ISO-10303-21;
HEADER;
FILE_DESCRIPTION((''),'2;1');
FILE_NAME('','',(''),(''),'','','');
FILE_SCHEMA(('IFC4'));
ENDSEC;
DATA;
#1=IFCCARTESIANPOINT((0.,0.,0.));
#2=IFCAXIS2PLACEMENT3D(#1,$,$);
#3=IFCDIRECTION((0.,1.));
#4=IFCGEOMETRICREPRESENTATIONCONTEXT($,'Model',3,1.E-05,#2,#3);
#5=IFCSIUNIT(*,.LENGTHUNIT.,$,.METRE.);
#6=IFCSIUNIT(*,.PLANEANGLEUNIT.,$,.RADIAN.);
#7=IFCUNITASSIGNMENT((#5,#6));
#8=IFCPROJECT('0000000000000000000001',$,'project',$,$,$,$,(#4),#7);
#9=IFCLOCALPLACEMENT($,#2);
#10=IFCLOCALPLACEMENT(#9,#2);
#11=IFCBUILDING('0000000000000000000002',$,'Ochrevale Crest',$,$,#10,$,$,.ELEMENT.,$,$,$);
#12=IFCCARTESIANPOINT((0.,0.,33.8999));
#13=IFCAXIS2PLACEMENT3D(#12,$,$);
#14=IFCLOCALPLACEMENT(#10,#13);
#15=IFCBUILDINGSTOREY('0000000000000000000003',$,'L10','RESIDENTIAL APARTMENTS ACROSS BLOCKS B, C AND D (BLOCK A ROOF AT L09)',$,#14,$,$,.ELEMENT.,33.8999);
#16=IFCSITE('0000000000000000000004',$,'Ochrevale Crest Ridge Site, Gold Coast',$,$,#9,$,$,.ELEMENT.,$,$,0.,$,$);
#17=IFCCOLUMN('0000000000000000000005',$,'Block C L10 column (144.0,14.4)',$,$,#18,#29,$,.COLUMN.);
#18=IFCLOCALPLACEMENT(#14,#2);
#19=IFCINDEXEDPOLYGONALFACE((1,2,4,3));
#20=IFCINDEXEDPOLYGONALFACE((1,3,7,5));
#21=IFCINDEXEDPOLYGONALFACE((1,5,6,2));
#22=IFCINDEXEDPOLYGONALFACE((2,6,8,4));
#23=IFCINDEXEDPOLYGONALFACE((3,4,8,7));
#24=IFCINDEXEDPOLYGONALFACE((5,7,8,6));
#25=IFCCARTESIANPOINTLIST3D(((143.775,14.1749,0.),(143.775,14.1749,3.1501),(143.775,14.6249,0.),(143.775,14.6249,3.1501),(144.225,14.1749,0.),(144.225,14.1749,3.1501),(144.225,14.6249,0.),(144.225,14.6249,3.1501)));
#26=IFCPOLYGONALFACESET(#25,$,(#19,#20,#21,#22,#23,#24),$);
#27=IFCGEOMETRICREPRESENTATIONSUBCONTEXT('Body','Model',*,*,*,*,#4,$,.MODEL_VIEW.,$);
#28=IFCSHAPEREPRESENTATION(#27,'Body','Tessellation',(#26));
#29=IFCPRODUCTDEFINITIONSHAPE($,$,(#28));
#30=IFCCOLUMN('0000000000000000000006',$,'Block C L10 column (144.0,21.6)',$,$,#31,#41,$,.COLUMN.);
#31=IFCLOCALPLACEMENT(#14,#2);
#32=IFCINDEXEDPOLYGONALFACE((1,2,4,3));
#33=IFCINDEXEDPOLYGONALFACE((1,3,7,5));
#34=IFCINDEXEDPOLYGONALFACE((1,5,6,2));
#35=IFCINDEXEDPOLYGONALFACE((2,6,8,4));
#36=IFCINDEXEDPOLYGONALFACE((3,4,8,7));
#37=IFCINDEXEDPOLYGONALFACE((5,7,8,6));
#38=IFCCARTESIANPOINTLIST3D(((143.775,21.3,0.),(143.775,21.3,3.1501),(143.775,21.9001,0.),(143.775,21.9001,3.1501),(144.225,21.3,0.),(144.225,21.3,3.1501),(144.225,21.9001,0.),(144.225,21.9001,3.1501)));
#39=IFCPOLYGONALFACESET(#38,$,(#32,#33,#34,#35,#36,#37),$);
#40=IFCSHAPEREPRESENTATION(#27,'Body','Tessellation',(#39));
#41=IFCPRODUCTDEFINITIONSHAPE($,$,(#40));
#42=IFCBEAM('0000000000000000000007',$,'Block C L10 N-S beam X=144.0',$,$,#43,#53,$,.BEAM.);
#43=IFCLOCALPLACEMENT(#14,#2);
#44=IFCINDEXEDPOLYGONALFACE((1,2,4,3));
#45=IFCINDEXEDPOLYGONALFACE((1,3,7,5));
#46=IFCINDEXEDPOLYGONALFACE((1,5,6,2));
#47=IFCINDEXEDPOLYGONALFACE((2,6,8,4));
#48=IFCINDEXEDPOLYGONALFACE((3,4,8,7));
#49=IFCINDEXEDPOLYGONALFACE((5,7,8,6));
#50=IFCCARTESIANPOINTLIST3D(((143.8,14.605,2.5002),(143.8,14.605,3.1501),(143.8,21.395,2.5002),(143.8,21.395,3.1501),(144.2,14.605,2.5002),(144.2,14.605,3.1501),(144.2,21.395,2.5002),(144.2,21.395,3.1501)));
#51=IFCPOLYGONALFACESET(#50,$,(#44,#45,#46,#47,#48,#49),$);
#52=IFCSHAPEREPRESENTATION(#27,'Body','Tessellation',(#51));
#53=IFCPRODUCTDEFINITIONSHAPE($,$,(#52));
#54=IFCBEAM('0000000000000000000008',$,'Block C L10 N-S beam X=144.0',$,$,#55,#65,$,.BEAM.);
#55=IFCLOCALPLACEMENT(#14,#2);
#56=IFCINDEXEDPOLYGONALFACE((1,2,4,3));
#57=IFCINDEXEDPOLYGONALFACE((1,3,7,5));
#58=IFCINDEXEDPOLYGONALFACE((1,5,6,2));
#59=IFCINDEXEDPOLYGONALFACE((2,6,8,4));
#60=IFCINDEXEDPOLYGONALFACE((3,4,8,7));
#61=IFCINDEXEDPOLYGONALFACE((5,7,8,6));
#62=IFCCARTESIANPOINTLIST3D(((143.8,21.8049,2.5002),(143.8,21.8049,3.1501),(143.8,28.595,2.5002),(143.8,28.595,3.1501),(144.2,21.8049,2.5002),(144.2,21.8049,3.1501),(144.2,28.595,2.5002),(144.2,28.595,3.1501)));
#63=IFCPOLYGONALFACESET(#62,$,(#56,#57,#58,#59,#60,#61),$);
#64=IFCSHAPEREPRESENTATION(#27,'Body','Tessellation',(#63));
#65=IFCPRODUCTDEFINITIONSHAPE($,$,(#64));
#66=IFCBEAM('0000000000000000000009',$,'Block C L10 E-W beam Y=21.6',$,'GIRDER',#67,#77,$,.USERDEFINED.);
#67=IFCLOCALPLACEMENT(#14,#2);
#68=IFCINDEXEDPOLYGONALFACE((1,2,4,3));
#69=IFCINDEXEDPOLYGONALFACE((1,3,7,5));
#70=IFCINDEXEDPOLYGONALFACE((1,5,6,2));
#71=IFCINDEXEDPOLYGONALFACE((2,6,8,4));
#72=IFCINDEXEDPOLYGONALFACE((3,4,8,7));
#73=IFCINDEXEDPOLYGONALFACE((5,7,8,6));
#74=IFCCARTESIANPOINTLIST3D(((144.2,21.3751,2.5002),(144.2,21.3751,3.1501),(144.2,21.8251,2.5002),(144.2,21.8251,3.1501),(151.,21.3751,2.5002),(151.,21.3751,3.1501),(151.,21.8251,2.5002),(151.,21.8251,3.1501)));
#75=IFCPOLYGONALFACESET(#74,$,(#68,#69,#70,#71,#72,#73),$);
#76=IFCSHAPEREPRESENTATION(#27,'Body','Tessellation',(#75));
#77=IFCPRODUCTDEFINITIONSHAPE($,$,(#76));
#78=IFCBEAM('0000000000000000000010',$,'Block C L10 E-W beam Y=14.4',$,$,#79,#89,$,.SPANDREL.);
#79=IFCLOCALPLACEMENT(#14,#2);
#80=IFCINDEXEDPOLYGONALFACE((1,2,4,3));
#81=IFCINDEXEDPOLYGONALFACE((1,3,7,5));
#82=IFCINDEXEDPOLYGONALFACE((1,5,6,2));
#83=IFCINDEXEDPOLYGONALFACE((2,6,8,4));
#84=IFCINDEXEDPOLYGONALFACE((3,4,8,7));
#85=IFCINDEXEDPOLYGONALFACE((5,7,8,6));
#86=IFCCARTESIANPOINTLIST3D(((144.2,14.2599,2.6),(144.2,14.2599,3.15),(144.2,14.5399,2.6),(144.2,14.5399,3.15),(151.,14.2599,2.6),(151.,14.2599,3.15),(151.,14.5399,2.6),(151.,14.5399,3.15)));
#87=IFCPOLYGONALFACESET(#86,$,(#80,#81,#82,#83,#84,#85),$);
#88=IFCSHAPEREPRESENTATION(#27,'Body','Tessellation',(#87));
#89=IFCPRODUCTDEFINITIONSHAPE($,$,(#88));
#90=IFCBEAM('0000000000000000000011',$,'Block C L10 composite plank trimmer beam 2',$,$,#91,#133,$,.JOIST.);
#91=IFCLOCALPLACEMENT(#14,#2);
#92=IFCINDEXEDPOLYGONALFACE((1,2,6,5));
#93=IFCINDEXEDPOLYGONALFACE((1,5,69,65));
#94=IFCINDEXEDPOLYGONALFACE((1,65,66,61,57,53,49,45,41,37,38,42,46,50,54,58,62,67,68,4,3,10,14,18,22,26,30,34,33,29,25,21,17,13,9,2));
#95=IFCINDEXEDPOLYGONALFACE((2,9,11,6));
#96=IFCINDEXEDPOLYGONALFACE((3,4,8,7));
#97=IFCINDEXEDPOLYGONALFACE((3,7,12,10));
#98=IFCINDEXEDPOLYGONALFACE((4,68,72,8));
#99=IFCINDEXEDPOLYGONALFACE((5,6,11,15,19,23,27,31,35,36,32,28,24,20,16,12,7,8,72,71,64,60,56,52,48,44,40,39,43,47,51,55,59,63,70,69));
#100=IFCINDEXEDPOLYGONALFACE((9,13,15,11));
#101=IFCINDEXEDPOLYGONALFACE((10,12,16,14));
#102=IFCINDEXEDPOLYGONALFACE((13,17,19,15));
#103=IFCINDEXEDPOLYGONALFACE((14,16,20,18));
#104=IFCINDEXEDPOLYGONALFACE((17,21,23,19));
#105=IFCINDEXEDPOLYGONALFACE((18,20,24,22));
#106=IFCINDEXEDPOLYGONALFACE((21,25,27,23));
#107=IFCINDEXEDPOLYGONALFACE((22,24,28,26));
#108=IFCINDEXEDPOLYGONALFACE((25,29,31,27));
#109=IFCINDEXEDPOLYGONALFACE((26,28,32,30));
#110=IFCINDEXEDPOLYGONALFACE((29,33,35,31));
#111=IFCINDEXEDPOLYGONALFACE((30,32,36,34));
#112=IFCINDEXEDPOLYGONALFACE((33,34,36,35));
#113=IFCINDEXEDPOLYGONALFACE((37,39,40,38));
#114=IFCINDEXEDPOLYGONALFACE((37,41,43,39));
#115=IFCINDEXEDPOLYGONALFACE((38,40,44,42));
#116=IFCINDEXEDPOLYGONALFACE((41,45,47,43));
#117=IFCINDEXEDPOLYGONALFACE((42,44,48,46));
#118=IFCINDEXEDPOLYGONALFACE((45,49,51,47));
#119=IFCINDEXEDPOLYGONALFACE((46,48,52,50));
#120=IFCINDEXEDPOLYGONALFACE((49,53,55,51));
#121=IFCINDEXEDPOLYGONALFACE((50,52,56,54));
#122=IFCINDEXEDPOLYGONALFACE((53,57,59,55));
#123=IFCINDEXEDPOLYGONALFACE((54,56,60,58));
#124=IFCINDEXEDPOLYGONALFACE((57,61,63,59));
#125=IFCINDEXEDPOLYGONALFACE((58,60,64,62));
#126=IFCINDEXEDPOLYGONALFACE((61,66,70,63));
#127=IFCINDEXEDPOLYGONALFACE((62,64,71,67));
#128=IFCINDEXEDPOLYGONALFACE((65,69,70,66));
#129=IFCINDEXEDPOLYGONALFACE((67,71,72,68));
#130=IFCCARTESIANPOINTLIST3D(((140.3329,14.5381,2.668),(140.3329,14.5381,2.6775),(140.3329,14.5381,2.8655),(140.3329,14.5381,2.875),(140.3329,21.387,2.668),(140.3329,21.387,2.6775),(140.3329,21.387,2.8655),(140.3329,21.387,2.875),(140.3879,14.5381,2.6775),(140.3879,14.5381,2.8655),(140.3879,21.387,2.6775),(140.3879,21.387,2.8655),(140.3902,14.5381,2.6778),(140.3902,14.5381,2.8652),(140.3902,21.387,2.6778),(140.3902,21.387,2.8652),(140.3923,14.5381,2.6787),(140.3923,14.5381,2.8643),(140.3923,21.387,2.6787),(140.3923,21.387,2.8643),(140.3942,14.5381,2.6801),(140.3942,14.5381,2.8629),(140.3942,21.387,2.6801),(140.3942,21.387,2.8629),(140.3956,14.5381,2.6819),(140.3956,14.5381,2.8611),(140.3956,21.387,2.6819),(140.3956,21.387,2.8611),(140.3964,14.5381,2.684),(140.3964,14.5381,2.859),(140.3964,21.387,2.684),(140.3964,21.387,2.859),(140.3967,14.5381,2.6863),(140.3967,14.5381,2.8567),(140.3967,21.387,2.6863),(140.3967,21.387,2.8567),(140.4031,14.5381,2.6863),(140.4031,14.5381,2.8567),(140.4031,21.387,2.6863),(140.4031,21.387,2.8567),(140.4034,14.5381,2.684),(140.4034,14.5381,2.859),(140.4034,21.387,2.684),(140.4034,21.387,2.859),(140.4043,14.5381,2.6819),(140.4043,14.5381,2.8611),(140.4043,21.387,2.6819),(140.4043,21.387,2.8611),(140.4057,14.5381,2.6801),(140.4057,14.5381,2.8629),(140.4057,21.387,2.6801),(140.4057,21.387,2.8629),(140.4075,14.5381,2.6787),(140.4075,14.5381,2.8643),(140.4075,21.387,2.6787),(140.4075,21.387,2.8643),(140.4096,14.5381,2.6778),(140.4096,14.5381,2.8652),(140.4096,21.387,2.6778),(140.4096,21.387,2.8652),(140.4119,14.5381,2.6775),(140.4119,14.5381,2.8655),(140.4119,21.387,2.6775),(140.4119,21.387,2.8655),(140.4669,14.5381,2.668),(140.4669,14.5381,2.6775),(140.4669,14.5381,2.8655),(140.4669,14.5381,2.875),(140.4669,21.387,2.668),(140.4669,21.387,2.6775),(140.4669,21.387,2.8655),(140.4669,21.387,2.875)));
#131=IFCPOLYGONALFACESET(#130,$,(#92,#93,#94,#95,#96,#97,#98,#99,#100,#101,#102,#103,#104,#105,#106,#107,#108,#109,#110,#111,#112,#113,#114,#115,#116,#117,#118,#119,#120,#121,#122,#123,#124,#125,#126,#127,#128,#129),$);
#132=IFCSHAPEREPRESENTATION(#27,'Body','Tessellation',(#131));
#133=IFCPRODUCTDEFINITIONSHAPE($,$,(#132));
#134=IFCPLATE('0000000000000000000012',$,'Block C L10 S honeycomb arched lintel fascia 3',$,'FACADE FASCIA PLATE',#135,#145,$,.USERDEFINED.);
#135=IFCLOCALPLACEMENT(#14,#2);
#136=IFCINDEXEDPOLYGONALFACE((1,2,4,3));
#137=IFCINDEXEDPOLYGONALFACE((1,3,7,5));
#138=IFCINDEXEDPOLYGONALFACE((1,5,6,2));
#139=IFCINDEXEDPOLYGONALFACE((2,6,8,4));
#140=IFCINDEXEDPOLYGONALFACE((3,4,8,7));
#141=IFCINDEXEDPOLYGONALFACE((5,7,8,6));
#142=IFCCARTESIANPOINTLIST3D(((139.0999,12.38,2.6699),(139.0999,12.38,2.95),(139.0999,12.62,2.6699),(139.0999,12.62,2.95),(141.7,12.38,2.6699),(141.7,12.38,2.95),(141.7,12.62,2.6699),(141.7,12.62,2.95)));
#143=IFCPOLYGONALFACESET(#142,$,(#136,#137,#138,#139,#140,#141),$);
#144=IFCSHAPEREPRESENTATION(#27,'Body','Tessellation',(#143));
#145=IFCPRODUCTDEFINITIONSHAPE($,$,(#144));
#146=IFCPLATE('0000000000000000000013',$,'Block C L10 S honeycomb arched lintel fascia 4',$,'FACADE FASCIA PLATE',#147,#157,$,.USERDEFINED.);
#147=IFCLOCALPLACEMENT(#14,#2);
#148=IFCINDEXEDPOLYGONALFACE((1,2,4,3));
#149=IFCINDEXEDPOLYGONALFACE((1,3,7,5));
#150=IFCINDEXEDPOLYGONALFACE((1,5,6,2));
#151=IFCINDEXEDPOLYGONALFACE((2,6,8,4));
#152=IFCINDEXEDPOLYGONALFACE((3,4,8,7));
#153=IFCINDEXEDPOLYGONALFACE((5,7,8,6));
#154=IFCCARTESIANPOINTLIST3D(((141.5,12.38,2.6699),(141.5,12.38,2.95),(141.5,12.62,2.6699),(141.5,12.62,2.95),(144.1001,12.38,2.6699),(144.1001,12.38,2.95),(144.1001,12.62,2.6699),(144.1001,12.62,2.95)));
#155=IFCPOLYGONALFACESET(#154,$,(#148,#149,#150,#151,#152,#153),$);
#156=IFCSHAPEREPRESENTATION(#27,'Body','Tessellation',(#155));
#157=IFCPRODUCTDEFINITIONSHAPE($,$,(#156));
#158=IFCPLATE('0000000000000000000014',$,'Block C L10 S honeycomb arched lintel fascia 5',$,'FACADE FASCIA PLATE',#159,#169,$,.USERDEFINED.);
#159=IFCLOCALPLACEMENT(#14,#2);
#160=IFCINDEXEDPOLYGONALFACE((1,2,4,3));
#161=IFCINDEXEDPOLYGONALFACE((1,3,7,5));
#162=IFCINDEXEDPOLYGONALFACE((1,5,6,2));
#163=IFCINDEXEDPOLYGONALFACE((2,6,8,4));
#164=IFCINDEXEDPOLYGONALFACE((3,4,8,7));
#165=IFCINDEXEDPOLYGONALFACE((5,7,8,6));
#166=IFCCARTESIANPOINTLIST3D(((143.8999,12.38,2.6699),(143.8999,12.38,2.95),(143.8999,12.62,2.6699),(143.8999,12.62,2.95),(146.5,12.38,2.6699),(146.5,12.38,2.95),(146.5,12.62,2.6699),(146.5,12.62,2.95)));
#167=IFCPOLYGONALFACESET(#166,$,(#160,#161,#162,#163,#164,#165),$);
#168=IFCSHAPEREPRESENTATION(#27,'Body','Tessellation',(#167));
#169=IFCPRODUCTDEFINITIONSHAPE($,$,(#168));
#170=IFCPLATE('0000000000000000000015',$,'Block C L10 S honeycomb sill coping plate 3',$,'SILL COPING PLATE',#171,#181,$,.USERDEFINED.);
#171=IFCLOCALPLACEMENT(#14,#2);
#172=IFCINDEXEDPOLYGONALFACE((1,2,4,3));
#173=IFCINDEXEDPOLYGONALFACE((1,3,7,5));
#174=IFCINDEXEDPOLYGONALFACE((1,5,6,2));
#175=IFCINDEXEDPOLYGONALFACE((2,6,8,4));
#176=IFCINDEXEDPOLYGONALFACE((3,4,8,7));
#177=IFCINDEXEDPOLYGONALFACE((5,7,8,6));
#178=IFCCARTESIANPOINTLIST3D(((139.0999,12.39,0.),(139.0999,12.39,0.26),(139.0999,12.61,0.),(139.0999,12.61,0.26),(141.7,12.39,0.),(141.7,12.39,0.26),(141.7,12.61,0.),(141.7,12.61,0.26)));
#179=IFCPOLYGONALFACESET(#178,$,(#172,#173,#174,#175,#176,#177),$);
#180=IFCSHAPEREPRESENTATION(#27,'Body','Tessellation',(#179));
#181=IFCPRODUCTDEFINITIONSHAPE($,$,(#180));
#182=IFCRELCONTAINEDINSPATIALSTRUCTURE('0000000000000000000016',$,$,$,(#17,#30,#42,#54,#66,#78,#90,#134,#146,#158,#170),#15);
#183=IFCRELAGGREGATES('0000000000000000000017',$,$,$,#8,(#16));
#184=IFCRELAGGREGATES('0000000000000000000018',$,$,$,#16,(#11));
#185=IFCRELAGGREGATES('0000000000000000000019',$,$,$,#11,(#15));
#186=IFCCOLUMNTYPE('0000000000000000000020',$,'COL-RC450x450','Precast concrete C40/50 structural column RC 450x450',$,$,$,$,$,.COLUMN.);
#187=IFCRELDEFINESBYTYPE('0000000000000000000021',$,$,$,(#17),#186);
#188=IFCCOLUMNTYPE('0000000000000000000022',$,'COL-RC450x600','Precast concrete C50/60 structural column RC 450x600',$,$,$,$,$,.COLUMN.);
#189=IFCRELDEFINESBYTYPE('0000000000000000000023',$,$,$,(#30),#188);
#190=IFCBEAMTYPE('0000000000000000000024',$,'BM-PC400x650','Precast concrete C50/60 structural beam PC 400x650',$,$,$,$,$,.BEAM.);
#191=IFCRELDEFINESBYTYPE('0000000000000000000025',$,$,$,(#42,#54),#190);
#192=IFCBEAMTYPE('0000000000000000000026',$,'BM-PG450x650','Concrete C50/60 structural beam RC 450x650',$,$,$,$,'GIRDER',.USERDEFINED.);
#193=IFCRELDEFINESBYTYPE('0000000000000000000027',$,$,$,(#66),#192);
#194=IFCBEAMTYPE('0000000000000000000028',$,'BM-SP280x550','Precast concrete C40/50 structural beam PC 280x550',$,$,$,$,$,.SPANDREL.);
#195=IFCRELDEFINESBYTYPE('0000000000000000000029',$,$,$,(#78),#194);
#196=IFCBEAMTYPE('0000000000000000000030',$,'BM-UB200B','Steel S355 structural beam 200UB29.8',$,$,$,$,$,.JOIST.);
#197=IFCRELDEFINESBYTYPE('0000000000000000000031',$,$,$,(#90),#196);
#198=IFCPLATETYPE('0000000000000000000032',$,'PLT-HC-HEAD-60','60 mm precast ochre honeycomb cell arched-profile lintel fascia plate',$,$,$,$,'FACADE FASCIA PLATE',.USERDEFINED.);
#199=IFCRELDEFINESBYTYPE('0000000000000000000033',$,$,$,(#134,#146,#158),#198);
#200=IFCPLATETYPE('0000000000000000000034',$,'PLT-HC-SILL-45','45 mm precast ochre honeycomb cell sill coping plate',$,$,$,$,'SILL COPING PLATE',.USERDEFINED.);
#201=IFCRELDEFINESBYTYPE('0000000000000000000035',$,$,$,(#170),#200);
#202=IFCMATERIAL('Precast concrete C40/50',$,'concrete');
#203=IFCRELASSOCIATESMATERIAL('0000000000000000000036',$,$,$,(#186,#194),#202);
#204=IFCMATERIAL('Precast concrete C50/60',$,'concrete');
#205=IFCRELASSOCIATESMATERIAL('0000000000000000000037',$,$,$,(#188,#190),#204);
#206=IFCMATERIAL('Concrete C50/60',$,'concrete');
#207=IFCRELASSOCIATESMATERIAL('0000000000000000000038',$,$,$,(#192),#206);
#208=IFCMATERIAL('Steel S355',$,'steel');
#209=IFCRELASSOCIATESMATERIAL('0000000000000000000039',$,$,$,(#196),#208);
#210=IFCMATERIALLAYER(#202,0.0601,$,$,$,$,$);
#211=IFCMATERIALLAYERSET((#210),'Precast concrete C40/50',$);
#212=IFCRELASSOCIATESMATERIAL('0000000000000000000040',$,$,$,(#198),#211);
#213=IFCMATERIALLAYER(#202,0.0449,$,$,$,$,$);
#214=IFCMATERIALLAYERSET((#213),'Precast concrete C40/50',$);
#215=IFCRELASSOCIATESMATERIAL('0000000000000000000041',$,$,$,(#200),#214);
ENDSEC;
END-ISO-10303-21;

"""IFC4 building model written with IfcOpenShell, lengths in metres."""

from ifc_helpers import new_model, si_unit, direction, frame, origin, origin_2d, place, context, subcontext, project, spatial, rectangle, i_section, extrude, material, layer, layer_set, material_profile, profile_set, type_object, element, save


model = new_model("IFC4")

# Units and contexts
model_context = context("Model", 3, precision=1e-05, world=origin(), true_north=direction((0.0, 1.0)))
body_context = subcontext(model_context, "Body", "Model", "MODEL_VIEW")
ifc_project = project(units=[si_unit("LENGTHUNIT", "METRE"), si_unit("PLANEANGLEUNIT", "RADIAN")], contexts=[model_context])

# Site, building, storey
site_placement = place(None, origin())
site = spatial("IfcSite", under=ifc_project, at=site_placement, Name="Ochrevale Crest Ridge Site, Gold Coast", CompositionType="ELEMENT", RefElevation=0.0)
building_placement = place(site_placement, origin())
building = spatial("IfcBuilding", under=site, at=building_placement, Name="Ochrevale Crest", CompositionType="ELEMENT")
storey_placement = place(building_placement, frame((0.0, 0.0, 33.8999)))
storey = spatial("IfcBuildingStorey", under=building, at=storey_placement, Name="L10", Description="RESIDENTIAL APARTMENTS ACROSS BLOCKS B, C AND D (BLOCK A ROOF AT L09)", CompositionType="ELEMENT", Elevation=33.8999)

# Columns
ifc_material_1 = material(Name="Precast concrete C40/50", Category="concrete")
ifc_material_profile_1 = material_profile(ifc_material_1, rectangle(XDim=0.45, YDim=0.45, at=origin_2d()), Name="RC 450x450")
ifc_profile_set_1 = profile_set([ifc_material_profile_1], Name="Precast concrete C40/50")
column_type_1 = type_object("IfcColumnType", Name="COL-RC450x450", Description="Precast concrete C40/50 structural column RC 450x450", PredefinedType="COLUMN", material=ifc_profile_set_1)
column_1_placement = place(storey_placement, frame((144.0, 14.3999, 0.0), z_axis=(0.0, 0.0, 1.0), x_axis=(1.0, 0.0, 0.0)))
element("IfcColumn", 1, at=column_1_placement, inside=storey, type_object=column_type_1, Name="Block C L10 column (144.0,14.4)", PredefinedType="COLUMN", context=body_context, shape_type="SweptSolid", body=[
    extrude(rectangle(XDim=0.45, YDim=0.45, at=origin_2d()), origin(), (0.0, 0.0, 1.0), 3.1501),
])
ifc_material_2 = material(Name="Precast concrete C50/60", Category="concrete")
ifc_material_profile_2 = material_profile(ifc_material_2, rectangle(XDim=0.45, YDim=0.6001, at=origin_2d()), Name="RC 450x600")
ifc_profile_set_2 = profile_set([ifc_material_profile_2], Name="Precast concrete C50/60")
column_type_2 = type_object("IfcColumnType", Name="COL-RC450x600", Description="Precast concrete C50/60 structural column RC 450x600", PredefinedType="COLUMN", material=ifc_profile_set_2)
column_2_placement = place(storey_placement, frame((144.0, 21.6001, 0.0), z_axis=(0.0, 0.0, 1.0), x_axis=(1.0, 0.0, 0.0)))
element("IfcColumn", 2, at=column_2_placement, inside=storey, type_object=column_type_2, Name="Block C L10 column (144.0,21.6)", PredefinedType="COLUMN", context=body_context, shape_type="SweptSolid", body=[
    extrude(rectangle(XDim=0.45, YDim=0.6001, at=origin_2d()), origin(), (0.0, 0.0, 1.0), 3.1501),
])

# Beams
ifc_material_profile_3 = material_profile(ifc_material_2, rectangle(XDim=0.3999, YDim=0.6499, at=origin_2d()), Name="PC 400x650")
ifc_profile_set_3 = profile_set([ifc_material_profile_3], Name="Precast concrete C50/60")
beam_type_1 = type_object("IfcBeamType", Name="BM-PC400x650", Description="Precast concrete C50/60 structural beam PC 400x650", PredefinedType="BEAM", material=ifc_profile_set_3)
for number, where, z_axis, x_axis, name in (
    (3, (144.0, 14.605, 2.8252), (0.0, 1.0, 0.0), (-1.0, 0.0, 0.0), "Block C L10 N-S beam X=144.0"),
    (4, (144.0, 21.8049, 2.8252), (0.0, 1.0, 0.0), (-1.0, 0.0, 0.0), "Block C L10 N-S beam X=144.0"),
):
    element("IfcBeam", number, at=place(storey_placement, frame(where, z_axis=z_axis, x_axis=x_axis)), inside=storey, type_object=beam_type_1, Name=name, PredefinedType="BEAM", context=body_context, shape_type="SweptSolid", body=[
        extrude(rectangle(XDim=0.3999, YDim=0.6499, at=origin_2d()), origin(), (0.0, 0.0, 1.0), 6.79),
    ])
ifc_material_3 = material(Name="Concrete C50/60", Category="concrete")
ifc_material_profile_4 = material_profile(ifc_material_3, rectangle(XDim=0.45, YDim=0.6499, at=origin_2d()), Name="RC 450x650")
ifc_profile_set_4 = profile_set([ifc_material_profile_4], Name="Concrete C50/60")
beam_type_2 = type_object("IfcBeamType", Name="BM-PG450x650", Description="Concrete C50/60 structural beam RC 450x650", ElementType="GIRDER", PredefinedType="USERDEFINED", material=ifc_profile_set_4)
beam_1_placement = place(storey_placement, frame((144.2, 21.6001, 2.8252), z_axis=(1.0, 0.0, 0.0), x_axis=(0.0, 1.0, 0.0)))
element("IfcBeam", 5, at=beam_1_placement, inside=storey, type_object=beam_type_2, Name="Block C L10 E-W beam Y=21.6", ObjectType="GIRDER", PredefinedType="USERDEFINED", context=body_context, shape_type="SweptSolid", body=[
    extrude(rectangle(XDim=0.45, YDim=0.6499, at=origin_2d()), origin(), (0.0, 0.0, 1.0), 6.8),
])
ifc_material_profile_5 = material_profile(ifc_material_1, rectangle(XDim=0.28, YDim=0.55, at=origin_2d()), Name="PC 280x550")
ifc_profile_set_5 = profile_set([ifc_material_profile_5], Name="Precast concrete C40/50")
beam_type_3 = type_object("IfcBeamType", Name="BM-SP280x550", Description="Precast concrete C40/50 structural beam PC 280x550", PredefinedType="SPANDREL", material=ifc_profile_set_5)
beam_2_placement = place(storey_placement, frame((144.2, 14.3999, 2.875), z_axis=(1.0, 0.0, 0.0), x_axis=(0.0, 1.0, 0.0)))
element("IfcBeam", 6, at=beam_2_placement, inside=storey, type_object=beam_type_3, Name="Block C L10 E-W beam Y=14.4", PredefinedType="SPANDREL", context=body_context, shape_type="SweptSolid", body=[
    extrude(rectangle(XDim=0.28, YDim=0.55, at=origin_2d()), origin(), (0.0, 0.0, 1.0), 6.8),
])
ifc_material_4 = material(Name="Steel S355", Category="steel")
ifc_material_profile_6 = material_profile(ifc_material_4, i_section(OverallWidth=0.134, OverallDepth=0.207, WebThickness=0.0063, FlangeThickness=0.0095, FilletRadius=0.0088, at=origin_2d()), Name="200UB29.8")
ifc_profile_set_6 = profile_set([ifc_material_profile_6], Name="Steel S355")
beam_type_4 = type_object("IfcBeamType", Name="BM-UB200B", Description="Steel S355 structural beam 200UB29.8", PredefinedType="JOIST", material=ifc_profile_set_6)
beam_3_placement = place(storey_placement, frame((140.3999, 14.5381, 2.7715), z_axis=(0.0, 1.0, 0.0), x_axis=(-1.0, 0.0, 0.0)))
element("IfcBeam", 7, at=beam_3_placement, inside=storey, type_object=beam_type_4, Name="Block C L10 composite plank trimmer beam 2", PredefinedType="JOIST", context=body_context, shape_type="SweptSolid", body=[
    extrude(i_section(OverallWidth=0.134, OverallDepth=0.207, WebThickness=0.0063, FlangeThickness=0.0095, FilletRadius=0.0088, at=origin_2d()), origin(), (0.0, 0.0, 1.0), 6.8489),
])

# Plates
ifc_layer_1 = layer(ifc_material_1, 0.0601)
ifc_layer_set_1 = layer_set([ifc_layer_1], Name="Precast concrete C40/50")
plate_type_1 = type_object("IfcPlateType", Name="PLT-HC-HEAD-60", Description="60 mm precast ochre honeycomb cell arched-profile lintel fascia plate", ElementType="FACADE FASCIA PLATE", PredefinedType="USERDEFINED", material=ifc_layer_set_1)
for number, where, z_axis, x_axis, name in (
    (8, (140.3999, 12.5, 2.6699), (0.0, 0.0, 1.0), (1.0, 0.0, 0.0), "Block C L10 S honeycomb arched lintel fascia 3"),
    (9, (142.8, 12.5, 2.6699), (0.0, 0.0, 1.0), (1.0, 0.0, 0.0), "Block C L10 S honeycomb arched lintel fascia 4"),
    (10, (145.2, 12.5, 2.6699), (0.0, 0.0, 1.0), (1.0, 0.0, 0.0), "Block C L10 S honeycomb arched lintel fascia 5"),
):
    element("IfcPlate", number, at=place(storey_placement, frame(where, z_axis=z_axis, x_axis=x_axis)), inside=storey, type_object=plate_type_1, Name=name, ObjectType="FACADE FASCIA PLATE", PredefinedType="USERDEFINED", context=body_context, shape_type="SweptSolid", body=[
        extrude(rectangle(XDim=2.6001, YDim=0.24, at=origin_2d()), origin(), (0.0, 0.0, 1.0), 0.28),
    ])
ifc_layer_2 = layer(ifc_material_1, 0.0449)
ifc_layer_set_2 = layer_set([ifc_layer_2], Name="Precast concrete C40/50")
plate_type_2 = type_object("IfcPlateType", Name="PLT-HC-SILL-45", Description="45 mm precast ochre honeycomb cell sill coping plate", ElementType="SILL COPING PLATE", PredefinedType="USERDEFINED", material=ifc_layer_set_2)
for number, where, z_axis, x_axis, name in (
    (11, (140.3999, 12.5, 0.0), (0.0, 0.0, 1.0), (1.0, 0.0, 0.0), "Block C L10 S honeycomb sill coping plate 3"),
):
    element("IfcPlate", number, at=place(storey_placement, frame(where, z_axis=z_axis, x_axis=x_axis)), inside=storey, type_object=plate_type_2, Name=name, ObjectType="SILL COPING PLATE", PredefinedType="USERDEFINED", context=body_context, shape_type="SweptSolid", body=[
        extrude(rectangle(XDim=2.6001, YDim=0.22, at=origin_2d()), origin(), (0.0, 0.0, 1.0), 0.26),
    ])

save(model, "model.ifc")
